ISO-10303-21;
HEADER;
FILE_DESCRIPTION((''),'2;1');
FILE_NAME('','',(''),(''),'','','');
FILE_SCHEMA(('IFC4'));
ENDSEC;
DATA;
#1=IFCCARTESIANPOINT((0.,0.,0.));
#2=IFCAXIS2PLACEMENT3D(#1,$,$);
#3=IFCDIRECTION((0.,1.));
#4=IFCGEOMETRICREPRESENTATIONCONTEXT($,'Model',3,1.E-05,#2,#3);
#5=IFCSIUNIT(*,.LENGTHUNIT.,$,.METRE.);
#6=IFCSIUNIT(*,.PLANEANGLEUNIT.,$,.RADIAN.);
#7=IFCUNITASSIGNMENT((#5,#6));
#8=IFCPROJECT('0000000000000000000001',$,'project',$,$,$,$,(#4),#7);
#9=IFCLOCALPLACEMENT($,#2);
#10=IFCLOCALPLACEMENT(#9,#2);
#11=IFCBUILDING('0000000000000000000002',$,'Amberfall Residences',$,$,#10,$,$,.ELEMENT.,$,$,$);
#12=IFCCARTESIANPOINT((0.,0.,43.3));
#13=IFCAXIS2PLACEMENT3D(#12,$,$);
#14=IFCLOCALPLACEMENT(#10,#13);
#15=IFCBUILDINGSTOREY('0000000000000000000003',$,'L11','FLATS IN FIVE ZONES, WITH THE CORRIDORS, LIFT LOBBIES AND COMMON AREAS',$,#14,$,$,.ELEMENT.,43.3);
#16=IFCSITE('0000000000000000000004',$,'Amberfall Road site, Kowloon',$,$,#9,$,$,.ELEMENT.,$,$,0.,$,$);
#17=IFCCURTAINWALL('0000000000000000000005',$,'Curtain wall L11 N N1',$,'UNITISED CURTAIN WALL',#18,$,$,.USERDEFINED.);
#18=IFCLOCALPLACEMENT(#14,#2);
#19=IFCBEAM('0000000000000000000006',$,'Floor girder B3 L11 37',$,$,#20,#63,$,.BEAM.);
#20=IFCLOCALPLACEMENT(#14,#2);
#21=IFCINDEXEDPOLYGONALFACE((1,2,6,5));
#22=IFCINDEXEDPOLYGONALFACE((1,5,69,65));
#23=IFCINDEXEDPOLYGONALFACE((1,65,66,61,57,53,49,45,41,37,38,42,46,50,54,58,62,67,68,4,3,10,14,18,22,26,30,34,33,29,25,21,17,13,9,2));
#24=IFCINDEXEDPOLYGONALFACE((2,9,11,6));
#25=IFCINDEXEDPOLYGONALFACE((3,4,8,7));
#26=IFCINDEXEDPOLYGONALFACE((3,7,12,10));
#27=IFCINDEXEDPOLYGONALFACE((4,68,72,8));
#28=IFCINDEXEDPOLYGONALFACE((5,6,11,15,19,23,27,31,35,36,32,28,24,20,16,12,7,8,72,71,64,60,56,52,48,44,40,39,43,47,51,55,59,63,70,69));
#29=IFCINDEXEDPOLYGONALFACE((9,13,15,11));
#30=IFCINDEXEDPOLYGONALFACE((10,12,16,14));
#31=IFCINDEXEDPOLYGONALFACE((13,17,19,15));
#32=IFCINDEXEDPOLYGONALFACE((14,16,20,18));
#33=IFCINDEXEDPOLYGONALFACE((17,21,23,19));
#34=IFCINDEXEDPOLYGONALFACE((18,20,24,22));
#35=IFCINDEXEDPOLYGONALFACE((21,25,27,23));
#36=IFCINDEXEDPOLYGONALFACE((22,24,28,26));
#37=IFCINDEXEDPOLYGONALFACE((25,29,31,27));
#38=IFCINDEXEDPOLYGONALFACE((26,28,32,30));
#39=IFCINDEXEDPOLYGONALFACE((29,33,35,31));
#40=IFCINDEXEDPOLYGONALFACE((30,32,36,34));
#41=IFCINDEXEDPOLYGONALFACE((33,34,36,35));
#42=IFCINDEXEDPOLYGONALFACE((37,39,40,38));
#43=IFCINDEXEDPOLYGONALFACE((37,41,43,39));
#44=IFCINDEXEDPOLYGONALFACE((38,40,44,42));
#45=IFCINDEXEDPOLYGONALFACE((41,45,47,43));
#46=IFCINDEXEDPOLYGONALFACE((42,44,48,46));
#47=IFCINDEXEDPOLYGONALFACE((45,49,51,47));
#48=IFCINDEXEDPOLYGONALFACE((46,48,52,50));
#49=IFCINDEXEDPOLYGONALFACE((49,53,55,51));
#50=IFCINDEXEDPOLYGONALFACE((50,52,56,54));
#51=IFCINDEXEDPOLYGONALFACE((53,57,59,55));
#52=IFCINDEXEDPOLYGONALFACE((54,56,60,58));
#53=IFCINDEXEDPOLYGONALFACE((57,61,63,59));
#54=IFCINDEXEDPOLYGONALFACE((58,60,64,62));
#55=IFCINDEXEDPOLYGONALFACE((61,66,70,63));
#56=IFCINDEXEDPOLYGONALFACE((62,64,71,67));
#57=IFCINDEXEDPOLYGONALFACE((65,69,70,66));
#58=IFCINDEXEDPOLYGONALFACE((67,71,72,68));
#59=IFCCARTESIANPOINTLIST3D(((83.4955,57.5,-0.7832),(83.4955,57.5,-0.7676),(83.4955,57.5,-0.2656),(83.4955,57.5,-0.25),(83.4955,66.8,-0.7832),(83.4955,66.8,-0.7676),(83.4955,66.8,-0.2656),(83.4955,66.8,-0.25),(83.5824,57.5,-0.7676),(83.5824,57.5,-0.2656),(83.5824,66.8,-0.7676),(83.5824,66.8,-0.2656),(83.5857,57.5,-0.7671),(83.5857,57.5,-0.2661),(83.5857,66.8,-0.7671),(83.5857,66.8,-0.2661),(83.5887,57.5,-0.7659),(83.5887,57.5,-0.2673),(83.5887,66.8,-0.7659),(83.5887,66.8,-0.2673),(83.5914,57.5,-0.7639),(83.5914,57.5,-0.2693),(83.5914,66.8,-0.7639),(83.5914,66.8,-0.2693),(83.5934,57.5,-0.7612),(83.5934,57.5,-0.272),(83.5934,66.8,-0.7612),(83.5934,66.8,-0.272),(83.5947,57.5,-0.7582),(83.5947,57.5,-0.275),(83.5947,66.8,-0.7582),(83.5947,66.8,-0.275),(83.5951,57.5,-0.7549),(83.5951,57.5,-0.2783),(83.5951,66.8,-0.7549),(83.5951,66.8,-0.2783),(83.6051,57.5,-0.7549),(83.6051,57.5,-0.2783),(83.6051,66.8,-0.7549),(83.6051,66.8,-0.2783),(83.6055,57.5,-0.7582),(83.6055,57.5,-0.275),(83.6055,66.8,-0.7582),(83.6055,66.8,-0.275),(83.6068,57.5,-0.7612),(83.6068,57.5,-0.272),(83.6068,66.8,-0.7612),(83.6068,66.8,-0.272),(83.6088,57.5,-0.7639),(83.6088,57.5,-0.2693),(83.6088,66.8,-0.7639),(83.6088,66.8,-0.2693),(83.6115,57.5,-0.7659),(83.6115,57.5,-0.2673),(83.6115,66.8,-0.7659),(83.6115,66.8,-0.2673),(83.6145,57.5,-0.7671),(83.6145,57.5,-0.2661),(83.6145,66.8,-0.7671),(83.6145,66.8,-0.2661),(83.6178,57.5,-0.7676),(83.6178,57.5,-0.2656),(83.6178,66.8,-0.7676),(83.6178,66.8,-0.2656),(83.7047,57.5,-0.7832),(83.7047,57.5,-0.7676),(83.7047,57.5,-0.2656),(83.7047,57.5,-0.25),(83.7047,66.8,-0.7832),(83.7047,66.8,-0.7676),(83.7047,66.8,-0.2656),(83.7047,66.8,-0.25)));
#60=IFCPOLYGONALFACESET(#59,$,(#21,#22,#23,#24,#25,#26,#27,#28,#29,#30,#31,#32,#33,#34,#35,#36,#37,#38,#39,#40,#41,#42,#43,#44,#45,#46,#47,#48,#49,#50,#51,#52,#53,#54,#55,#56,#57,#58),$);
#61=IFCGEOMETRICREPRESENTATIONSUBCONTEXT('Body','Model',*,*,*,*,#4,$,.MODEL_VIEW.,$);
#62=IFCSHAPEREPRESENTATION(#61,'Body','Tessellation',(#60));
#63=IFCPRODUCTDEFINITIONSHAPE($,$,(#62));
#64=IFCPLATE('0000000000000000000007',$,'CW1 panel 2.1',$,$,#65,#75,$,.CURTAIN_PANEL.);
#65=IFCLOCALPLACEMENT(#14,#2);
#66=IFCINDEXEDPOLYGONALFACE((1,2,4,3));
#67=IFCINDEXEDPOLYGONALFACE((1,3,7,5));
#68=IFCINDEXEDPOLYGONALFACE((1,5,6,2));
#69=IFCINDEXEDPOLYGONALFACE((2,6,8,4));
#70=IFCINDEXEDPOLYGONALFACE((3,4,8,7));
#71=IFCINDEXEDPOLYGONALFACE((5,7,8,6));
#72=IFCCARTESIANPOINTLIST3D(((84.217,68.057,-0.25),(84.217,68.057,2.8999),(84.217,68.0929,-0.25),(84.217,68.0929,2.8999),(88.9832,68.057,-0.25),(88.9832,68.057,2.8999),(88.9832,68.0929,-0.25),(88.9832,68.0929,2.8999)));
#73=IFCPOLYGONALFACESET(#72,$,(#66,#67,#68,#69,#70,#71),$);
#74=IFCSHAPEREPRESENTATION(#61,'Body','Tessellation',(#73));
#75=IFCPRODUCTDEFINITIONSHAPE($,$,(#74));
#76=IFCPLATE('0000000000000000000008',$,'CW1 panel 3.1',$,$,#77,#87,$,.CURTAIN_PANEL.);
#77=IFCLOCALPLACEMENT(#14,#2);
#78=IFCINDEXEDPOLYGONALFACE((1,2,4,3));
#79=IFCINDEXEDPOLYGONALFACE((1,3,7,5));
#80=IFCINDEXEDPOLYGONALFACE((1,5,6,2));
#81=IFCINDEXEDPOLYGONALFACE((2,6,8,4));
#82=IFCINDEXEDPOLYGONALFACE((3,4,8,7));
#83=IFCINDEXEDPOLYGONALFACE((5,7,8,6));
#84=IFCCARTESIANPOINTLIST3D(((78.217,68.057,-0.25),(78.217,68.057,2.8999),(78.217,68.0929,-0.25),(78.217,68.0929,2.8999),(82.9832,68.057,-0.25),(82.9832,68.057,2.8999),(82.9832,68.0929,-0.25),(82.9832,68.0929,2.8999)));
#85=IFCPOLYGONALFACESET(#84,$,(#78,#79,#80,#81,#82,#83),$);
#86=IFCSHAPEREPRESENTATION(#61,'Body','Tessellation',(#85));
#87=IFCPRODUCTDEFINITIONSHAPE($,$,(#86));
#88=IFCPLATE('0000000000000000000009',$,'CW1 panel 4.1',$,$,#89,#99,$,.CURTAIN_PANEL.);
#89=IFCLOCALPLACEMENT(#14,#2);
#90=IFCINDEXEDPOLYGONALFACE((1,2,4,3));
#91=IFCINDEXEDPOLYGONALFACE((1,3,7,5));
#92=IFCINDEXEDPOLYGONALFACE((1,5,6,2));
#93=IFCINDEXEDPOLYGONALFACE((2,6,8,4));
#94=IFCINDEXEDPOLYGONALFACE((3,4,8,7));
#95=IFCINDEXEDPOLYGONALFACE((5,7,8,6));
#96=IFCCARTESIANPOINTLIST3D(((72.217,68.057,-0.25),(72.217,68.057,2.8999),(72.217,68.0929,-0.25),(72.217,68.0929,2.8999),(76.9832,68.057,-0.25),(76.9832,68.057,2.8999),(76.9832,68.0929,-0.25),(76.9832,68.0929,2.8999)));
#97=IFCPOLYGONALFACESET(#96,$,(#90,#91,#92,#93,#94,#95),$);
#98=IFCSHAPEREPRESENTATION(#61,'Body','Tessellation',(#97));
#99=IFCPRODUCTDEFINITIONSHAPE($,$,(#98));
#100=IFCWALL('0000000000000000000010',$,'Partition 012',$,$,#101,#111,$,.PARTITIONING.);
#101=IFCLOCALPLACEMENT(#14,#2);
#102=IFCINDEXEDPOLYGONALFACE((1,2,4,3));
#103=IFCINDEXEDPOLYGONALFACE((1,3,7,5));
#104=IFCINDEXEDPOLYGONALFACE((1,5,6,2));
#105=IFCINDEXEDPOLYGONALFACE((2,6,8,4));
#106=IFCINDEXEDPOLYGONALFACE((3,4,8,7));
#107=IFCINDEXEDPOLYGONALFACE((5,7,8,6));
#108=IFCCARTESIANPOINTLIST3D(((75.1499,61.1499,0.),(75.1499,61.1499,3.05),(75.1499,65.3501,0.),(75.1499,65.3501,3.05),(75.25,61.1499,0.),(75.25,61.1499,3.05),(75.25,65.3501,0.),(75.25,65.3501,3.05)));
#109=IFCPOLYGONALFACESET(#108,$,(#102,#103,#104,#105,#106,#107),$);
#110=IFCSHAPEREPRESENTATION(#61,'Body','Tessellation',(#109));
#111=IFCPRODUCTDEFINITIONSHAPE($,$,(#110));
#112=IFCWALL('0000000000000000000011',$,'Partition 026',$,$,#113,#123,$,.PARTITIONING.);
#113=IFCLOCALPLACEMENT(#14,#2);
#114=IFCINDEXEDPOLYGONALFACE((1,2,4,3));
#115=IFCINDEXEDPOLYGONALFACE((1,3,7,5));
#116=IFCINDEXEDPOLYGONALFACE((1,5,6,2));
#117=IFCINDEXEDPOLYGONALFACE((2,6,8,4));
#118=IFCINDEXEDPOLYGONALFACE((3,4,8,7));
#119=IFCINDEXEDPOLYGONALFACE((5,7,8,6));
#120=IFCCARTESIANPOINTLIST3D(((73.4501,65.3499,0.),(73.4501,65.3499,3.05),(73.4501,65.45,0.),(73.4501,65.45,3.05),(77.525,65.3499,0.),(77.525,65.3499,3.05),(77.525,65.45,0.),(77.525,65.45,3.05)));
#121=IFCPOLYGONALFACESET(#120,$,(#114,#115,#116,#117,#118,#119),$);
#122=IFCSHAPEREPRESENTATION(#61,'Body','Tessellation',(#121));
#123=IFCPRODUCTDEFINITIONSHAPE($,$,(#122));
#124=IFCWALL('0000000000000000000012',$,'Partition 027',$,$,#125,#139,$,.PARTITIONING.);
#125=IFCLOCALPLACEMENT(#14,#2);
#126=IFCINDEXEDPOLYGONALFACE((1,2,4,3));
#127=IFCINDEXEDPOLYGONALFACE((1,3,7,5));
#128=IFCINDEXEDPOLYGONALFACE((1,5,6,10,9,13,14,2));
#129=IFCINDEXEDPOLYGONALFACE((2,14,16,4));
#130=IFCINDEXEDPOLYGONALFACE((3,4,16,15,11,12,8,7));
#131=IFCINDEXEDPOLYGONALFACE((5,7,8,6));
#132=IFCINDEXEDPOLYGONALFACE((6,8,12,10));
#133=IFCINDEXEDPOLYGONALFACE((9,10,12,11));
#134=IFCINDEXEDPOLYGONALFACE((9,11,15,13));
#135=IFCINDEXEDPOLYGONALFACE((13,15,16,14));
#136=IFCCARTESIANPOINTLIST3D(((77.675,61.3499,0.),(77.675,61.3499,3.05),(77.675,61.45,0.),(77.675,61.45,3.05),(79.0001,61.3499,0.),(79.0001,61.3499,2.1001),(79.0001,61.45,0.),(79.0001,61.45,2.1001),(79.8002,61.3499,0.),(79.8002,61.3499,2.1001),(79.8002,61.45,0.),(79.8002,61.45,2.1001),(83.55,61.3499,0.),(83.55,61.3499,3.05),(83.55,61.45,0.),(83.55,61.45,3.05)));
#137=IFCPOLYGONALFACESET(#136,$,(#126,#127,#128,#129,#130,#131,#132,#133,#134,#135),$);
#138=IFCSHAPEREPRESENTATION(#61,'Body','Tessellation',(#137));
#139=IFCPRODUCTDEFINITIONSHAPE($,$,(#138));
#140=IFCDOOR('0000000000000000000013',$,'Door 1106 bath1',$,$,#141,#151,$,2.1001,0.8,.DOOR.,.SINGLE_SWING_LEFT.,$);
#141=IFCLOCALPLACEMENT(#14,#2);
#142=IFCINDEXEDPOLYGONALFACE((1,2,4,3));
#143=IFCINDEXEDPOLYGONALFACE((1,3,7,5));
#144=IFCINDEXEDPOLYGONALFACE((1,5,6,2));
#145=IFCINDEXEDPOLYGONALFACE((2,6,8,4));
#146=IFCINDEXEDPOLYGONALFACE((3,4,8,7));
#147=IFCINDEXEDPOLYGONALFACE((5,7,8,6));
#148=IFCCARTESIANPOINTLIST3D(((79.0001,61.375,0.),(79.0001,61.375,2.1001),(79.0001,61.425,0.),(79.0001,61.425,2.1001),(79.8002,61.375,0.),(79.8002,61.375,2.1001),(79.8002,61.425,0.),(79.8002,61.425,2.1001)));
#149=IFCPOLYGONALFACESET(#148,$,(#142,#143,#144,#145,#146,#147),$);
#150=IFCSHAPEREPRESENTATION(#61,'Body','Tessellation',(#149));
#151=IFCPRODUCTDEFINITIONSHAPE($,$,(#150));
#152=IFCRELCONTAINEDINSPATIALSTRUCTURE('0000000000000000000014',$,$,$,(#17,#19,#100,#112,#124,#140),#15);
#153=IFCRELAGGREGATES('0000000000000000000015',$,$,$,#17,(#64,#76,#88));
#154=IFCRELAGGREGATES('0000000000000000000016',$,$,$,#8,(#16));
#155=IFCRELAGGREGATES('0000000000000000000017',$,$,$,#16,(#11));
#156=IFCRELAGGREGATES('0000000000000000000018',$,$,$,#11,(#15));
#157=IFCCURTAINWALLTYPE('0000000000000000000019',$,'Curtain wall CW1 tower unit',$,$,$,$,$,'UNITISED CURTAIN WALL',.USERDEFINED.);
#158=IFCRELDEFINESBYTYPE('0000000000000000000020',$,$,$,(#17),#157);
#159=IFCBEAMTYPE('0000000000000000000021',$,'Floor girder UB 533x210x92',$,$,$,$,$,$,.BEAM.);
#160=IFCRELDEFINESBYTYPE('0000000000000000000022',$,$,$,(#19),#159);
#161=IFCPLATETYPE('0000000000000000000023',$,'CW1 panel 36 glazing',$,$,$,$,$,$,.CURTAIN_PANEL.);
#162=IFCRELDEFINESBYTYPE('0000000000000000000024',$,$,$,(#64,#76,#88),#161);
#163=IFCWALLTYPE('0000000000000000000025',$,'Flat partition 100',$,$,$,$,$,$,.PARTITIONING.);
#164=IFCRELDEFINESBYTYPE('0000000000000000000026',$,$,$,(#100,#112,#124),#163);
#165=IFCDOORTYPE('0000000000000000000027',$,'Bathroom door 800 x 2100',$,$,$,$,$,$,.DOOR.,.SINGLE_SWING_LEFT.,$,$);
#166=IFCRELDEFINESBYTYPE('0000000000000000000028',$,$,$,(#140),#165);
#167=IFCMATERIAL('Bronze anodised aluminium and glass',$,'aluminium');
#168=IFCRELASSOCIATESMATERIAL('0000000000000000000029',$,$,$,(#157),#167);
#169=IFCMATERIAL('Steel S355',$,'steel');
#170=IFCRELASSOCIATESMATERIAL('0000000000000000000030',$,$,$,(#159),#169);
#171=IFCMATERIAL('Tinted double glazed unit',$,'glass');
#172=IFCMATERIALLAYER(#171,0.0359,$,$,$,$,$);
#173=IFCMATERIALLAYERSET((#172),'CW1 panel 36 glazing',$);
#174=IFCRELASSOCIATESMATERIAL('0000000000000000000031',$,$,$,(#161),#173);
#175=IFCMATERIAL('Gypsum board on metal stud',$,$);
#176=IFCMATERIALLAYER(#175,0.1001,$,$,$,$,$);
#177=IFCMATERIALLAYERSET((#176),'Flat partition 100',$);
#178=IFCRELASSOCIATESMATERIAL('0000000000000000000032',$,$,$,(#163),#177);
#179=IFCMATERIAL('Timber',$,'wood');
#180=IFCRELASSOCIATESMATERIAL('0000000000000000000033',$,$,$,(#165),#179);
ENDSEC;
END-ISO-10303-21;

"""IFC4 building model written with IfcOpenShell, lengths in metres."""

from ifc_helpers import new_model, si_unit, direction, frame, frame_2d, origin, origin_2d, place, context, subcontext, project, spatial, rectangle, i_section, extrude, material, layer, layer_set, material_profile, profile_set, type_object, element, fill, aggregate, save


model = new_model("IFC4")

# Units and contexts
model_context = context("Model", 3, precision=1e-05, world=origin(), true_north=direction((0.0, 1.0)))
body_context = subcontext(model_context, "Body", "Model", "MODEL_VIEW")
ifc_project = project(units=[si_unit("LENGTHUNIT", "METRE"), si_unit("PLANEANGLEUNIT", "RADIAN")], contexts=[model_context])

# Site, building, storey
site_placement = place(None, origin())
site = spatial("IfcSite", under=ifc_project, at=site_placement, Name="Amberfall Road site, Kowloon", CompositionType="ELEMENT", RefElevation=0.0)
building_placement = place(site_placement, origin())
building = spatial("IfcBuilding", under=site, at=building_placement, Name="Amberfall Residences", CompositionType="ELEMENT")
storey_placement = place(building_placement, frame((0.0, 0.0, 43.3)))
storey = spatial("IfcBuildingStorey", under=building, at=storey_placement, Name="L11", Description="FLATS IN FIVE ZONES, WITH THE CORRIDORS, LIFT LOBBIES AND COMMON AREAS", CompositionType="ELEMENT", Elevation=43.3)

# Curtain wall
ifc_material_1 = material(Name="Bronze anodised aluminium and glass", Category="aluminium")
curtain_wall_type = type_object("IfcCurtainWallType", Name="Curtain wall CW1 tower unit", ElementType="UNITISED CURTAIN WALL", PredefinedType="USERDEFINED", material=ifc_material_1)
curtain_wall_placement = place(storey_placement, origin())
curtain_wall = element("IfcCurtainWall", 1, at=curtain_wall_placement, inside=storey, type_object=curtain_wall_type, Name="Curtain wall L11 N N1", ObjectType="UNITISED CURTAIN WALL", PredefinedType="USERDEFINED")

# Shared definitions
ifc_material_2 = material(Name="Steel S355", Category="steel")

# Beam
ifc_material_profile_1 = material_profile(ifc_material_2, i_section(OverallWidth=0.2092, OverallDepth=0.5332, WebThickness=0.01, FlangeThickness=0.0156, FilletRadius=0.0127, at=origin_2d()), Name="UB 533x210x92")
ifc_profile_set_1 = profile_set([ifc_material_profile_1], Name="Steel S355")
beam_type_1 = type_object("IfcBeamType", Name="Floor girder UB 533x210x92", PredefinedType="BEAM", material=ifc_profile_set_1)
for number, where, z_axis, x_axis, name in (
    (2, (83.6001, 66.8, -0.5166), (0.0, -1.0, 0.0), (1.0, 0.0, 0.0), "Floor girder B3 L11 37"),
):
    element("IfcBeam", number, at=place(storey_placement, frame(where, z_axis=z_axis, x_axis=x_axis)), inside=storey, type_object=beam_type_1, Name=name, PredefinedType="BEAM", context=body_context, shape_type="SweptSolid", body=[
        extrude(i_section(OverallWidth=0.2092, OverallDepth=0.5332, WebThickness=0.01, FlangeThickness=0.0156, FilletRadius=0.0127, at=origin_2d()), origin(), (0.0, 0.0, 1.0), 9.3),
    ])

# Plates
ifc_material_3 = material(Name="Tinted double glazed unit", Category="glass")
ifc_layer_1 = layer(ifc_material_3, 0.0359)
ifc_layer_set_1 = layer_set([ifc_layer_1], Name="CW1 panel 36 glazing")
plate_type = type_object("IfcPlateType", Name="CW1 panel 36 glazing", PredefinedType="CURTAIN_PANEL", material=ifc_layer_set_1)
plate_1_placement = place(storey_placement, frame((86.6001, 68.075, -0.25), z_axis=(0.0, 0.0, 1.0), x_axis=(-1.0, 0.0, 0.0)))
plate_1 = element("IfcPlate", 3, at=plate_1_placement, type_object=plate_type, Name="CW1 panel 2.1", PredefinedType="CURTAIN_PANEL", context=body_context, shape_type="SweptSolid", body=[
    extrude(rectangle(XDim=4.7661, YDim=0.0359, at=origin_2d()), origin(), (0.0, 0.0, 1.0), 3.1499),
])
plate_2_placement = place(storey_placement, frame((80.6001, 68.075, -0.25), z_axis=(0.0, 0.0, 1.0), x_axis=(-1.0, 0.0, 0.0)))
plate_2 = element("IfcPlate", 4, at=plate_2_placement, type_object=plate_type, Name="CW1 panel 3.1", PredefinedType="CURTAIN_PANEL", context=body_context, shape_type="SweptSolid", body=[
    extrude(rectangle(XDim=4.7661, YDim=0.0359, at=origin_2d()), origin(), (0.0, 0.0, 1.0), 3.1499),
])
plate_3_placement = place(storey_placement, frame((74.6001, 68.075, -0.25), z_axis=(0.0, 0.0, 1.0), x_axis=(-1.0, 0.0, 0.0)))
plate_3 = element("IfcPlate", 5, at=plate_3_placement, type_object=plate_type, Name="CW1 panel 4.1", PredefinedType="CURTAIN_PANEL", context=body_context, shape_type="SweptSolid", body=[
    extrude(rectangle(XDim=4.7661, YDim=0.0359, at=origin_2d()), origin(), (0.0, 0.0, 1.0), 3.1499),
])
aggregate(curtain_wall, [plate_1, plate_2, plate_3])

# Walls
ifc_material_4 = material(Name="Gypsum board on metal stud")
ifc_layer_2 = layer(ifc_material_4, 0.1001)
ifc_layer_set_2 = layer_set([ifc_layer_2], Name="Flat partition 100")
wall_type = type_object("IfcWallType", Name="Flat partition 100", PredefinedType="PARTITIONING", material=ifc_layer_set_2)
wall_1_placement = place(storey_placement, frame((75.2, 61.1499, 0.0), z_axis=(0.0, 0.0, 1.0), x_axis=(0.0, 1.0, 0.0)))
element("IfcWall", 6, at=wall_1_placement, inside=storey, type_object=wall_type, Name="Partition 012", PredefinedType="PARTITIONING", context=body_context, shape_type="SweptSolid", body=[
    extrude(rectangle(XDim=4.2002, YDim=0.1001, at=frame_2d((2.1001, 0.0))), origin(), (0.0, 0.0, 1.0), 3.05),
])
wall_2_placement = place(storey_placement, frame((73.45, 65.3999, 0.0), z_axis=(0.0, 0.0, 1.0), x_axis=(1.0, 0.0, 0.0)))
element("IfcWall", 7, at=wall_2_placement, inside=storey, type_object=wall_type, Name="Partition 026", PredefinedType="PARTITIONING", context=body_context, shape_type="SweptSolid", body=[
    extrude(rectangle(XDim=4.075, YDim=0.1001, at=frame_2d((2.0376, 0.0))), origin(), (0.0, 0.0, 1.0), 3.05),
])

# Wall, opening, door
wall_3_placement = place(storey_placement, frame((83.55, 61.3999, 0.0), z_axis=(0.0, 0.0, 1.0), x_axis=(-1.0, 0.0, 0.0)))
wall_3 = element("IfcWall", 8, at=wall_3_placement, inside=storey, type_object=wall_type, Name="Partition 027", PredefinedType="PARTITIONING", context=body_context, shape_type="SweptSolid", body=[
    extrude(rectangle(XDim=5.875, YDim=0.1001, at=frame_2d((2.9375, 0.0))), origin(), (0.0, 0.0, 1.0), 3.05),
])
opening_placement = place(wall_3_placement, frame((3.75, 0.0, 0.0)))
opening = element("IfcOpeningElement", 9, at=opening_placement, cuts=wall_3, PredefinedType="OPENING", context=body_context, shape_type="SweptSolid", body=[
    extrude(rectangle(XDim=0.8, YDim=2.1001, at=frame_2d((0.3999, 1.05))), frame((0.0, 0.0601, 0.0), z_axis=(0.0, -1.0, 0.0), x_axis=(1.0, 0.0, 0.0)), (0.0, 0.0, 1.0), 0.1201),
])
ifc_material_5 = material(Name="Timber", Category="wood")
door_type = type_object("IfcDoorType", Name="Bathroom door 800 x 2100", OperationType="SINGLE_SWING_LEFT", PredefinedType="DOOR", material=ifc_material_5)
door_placement = place(opening_placement, origin())
door = element("IfcDoor", 10, at=door_placement, inside=storey, type_object=door_type, Name="Door 1106 bath1", OperationType="SINGLE_SWING_LEFT", OverallHeight=2.1001, OverallWidth=0.8, PredefinedType="DOOR", context=body_context, shape_type="SweptSolid", body=[
    extrude(rectangle(XDim=0.8, YDim=2.1001, at=frame_2d((0.3999, 1.05))), frame((0.0, 0.0249, 0.0), z_axis=(0.0, -1.0, 0.0), x_axis=(1.0, 0.0, 0.0)), (0.0, 0.0, 1.0), 0.05),
])
fill(opening, door)

save(model, "model.ifc")
